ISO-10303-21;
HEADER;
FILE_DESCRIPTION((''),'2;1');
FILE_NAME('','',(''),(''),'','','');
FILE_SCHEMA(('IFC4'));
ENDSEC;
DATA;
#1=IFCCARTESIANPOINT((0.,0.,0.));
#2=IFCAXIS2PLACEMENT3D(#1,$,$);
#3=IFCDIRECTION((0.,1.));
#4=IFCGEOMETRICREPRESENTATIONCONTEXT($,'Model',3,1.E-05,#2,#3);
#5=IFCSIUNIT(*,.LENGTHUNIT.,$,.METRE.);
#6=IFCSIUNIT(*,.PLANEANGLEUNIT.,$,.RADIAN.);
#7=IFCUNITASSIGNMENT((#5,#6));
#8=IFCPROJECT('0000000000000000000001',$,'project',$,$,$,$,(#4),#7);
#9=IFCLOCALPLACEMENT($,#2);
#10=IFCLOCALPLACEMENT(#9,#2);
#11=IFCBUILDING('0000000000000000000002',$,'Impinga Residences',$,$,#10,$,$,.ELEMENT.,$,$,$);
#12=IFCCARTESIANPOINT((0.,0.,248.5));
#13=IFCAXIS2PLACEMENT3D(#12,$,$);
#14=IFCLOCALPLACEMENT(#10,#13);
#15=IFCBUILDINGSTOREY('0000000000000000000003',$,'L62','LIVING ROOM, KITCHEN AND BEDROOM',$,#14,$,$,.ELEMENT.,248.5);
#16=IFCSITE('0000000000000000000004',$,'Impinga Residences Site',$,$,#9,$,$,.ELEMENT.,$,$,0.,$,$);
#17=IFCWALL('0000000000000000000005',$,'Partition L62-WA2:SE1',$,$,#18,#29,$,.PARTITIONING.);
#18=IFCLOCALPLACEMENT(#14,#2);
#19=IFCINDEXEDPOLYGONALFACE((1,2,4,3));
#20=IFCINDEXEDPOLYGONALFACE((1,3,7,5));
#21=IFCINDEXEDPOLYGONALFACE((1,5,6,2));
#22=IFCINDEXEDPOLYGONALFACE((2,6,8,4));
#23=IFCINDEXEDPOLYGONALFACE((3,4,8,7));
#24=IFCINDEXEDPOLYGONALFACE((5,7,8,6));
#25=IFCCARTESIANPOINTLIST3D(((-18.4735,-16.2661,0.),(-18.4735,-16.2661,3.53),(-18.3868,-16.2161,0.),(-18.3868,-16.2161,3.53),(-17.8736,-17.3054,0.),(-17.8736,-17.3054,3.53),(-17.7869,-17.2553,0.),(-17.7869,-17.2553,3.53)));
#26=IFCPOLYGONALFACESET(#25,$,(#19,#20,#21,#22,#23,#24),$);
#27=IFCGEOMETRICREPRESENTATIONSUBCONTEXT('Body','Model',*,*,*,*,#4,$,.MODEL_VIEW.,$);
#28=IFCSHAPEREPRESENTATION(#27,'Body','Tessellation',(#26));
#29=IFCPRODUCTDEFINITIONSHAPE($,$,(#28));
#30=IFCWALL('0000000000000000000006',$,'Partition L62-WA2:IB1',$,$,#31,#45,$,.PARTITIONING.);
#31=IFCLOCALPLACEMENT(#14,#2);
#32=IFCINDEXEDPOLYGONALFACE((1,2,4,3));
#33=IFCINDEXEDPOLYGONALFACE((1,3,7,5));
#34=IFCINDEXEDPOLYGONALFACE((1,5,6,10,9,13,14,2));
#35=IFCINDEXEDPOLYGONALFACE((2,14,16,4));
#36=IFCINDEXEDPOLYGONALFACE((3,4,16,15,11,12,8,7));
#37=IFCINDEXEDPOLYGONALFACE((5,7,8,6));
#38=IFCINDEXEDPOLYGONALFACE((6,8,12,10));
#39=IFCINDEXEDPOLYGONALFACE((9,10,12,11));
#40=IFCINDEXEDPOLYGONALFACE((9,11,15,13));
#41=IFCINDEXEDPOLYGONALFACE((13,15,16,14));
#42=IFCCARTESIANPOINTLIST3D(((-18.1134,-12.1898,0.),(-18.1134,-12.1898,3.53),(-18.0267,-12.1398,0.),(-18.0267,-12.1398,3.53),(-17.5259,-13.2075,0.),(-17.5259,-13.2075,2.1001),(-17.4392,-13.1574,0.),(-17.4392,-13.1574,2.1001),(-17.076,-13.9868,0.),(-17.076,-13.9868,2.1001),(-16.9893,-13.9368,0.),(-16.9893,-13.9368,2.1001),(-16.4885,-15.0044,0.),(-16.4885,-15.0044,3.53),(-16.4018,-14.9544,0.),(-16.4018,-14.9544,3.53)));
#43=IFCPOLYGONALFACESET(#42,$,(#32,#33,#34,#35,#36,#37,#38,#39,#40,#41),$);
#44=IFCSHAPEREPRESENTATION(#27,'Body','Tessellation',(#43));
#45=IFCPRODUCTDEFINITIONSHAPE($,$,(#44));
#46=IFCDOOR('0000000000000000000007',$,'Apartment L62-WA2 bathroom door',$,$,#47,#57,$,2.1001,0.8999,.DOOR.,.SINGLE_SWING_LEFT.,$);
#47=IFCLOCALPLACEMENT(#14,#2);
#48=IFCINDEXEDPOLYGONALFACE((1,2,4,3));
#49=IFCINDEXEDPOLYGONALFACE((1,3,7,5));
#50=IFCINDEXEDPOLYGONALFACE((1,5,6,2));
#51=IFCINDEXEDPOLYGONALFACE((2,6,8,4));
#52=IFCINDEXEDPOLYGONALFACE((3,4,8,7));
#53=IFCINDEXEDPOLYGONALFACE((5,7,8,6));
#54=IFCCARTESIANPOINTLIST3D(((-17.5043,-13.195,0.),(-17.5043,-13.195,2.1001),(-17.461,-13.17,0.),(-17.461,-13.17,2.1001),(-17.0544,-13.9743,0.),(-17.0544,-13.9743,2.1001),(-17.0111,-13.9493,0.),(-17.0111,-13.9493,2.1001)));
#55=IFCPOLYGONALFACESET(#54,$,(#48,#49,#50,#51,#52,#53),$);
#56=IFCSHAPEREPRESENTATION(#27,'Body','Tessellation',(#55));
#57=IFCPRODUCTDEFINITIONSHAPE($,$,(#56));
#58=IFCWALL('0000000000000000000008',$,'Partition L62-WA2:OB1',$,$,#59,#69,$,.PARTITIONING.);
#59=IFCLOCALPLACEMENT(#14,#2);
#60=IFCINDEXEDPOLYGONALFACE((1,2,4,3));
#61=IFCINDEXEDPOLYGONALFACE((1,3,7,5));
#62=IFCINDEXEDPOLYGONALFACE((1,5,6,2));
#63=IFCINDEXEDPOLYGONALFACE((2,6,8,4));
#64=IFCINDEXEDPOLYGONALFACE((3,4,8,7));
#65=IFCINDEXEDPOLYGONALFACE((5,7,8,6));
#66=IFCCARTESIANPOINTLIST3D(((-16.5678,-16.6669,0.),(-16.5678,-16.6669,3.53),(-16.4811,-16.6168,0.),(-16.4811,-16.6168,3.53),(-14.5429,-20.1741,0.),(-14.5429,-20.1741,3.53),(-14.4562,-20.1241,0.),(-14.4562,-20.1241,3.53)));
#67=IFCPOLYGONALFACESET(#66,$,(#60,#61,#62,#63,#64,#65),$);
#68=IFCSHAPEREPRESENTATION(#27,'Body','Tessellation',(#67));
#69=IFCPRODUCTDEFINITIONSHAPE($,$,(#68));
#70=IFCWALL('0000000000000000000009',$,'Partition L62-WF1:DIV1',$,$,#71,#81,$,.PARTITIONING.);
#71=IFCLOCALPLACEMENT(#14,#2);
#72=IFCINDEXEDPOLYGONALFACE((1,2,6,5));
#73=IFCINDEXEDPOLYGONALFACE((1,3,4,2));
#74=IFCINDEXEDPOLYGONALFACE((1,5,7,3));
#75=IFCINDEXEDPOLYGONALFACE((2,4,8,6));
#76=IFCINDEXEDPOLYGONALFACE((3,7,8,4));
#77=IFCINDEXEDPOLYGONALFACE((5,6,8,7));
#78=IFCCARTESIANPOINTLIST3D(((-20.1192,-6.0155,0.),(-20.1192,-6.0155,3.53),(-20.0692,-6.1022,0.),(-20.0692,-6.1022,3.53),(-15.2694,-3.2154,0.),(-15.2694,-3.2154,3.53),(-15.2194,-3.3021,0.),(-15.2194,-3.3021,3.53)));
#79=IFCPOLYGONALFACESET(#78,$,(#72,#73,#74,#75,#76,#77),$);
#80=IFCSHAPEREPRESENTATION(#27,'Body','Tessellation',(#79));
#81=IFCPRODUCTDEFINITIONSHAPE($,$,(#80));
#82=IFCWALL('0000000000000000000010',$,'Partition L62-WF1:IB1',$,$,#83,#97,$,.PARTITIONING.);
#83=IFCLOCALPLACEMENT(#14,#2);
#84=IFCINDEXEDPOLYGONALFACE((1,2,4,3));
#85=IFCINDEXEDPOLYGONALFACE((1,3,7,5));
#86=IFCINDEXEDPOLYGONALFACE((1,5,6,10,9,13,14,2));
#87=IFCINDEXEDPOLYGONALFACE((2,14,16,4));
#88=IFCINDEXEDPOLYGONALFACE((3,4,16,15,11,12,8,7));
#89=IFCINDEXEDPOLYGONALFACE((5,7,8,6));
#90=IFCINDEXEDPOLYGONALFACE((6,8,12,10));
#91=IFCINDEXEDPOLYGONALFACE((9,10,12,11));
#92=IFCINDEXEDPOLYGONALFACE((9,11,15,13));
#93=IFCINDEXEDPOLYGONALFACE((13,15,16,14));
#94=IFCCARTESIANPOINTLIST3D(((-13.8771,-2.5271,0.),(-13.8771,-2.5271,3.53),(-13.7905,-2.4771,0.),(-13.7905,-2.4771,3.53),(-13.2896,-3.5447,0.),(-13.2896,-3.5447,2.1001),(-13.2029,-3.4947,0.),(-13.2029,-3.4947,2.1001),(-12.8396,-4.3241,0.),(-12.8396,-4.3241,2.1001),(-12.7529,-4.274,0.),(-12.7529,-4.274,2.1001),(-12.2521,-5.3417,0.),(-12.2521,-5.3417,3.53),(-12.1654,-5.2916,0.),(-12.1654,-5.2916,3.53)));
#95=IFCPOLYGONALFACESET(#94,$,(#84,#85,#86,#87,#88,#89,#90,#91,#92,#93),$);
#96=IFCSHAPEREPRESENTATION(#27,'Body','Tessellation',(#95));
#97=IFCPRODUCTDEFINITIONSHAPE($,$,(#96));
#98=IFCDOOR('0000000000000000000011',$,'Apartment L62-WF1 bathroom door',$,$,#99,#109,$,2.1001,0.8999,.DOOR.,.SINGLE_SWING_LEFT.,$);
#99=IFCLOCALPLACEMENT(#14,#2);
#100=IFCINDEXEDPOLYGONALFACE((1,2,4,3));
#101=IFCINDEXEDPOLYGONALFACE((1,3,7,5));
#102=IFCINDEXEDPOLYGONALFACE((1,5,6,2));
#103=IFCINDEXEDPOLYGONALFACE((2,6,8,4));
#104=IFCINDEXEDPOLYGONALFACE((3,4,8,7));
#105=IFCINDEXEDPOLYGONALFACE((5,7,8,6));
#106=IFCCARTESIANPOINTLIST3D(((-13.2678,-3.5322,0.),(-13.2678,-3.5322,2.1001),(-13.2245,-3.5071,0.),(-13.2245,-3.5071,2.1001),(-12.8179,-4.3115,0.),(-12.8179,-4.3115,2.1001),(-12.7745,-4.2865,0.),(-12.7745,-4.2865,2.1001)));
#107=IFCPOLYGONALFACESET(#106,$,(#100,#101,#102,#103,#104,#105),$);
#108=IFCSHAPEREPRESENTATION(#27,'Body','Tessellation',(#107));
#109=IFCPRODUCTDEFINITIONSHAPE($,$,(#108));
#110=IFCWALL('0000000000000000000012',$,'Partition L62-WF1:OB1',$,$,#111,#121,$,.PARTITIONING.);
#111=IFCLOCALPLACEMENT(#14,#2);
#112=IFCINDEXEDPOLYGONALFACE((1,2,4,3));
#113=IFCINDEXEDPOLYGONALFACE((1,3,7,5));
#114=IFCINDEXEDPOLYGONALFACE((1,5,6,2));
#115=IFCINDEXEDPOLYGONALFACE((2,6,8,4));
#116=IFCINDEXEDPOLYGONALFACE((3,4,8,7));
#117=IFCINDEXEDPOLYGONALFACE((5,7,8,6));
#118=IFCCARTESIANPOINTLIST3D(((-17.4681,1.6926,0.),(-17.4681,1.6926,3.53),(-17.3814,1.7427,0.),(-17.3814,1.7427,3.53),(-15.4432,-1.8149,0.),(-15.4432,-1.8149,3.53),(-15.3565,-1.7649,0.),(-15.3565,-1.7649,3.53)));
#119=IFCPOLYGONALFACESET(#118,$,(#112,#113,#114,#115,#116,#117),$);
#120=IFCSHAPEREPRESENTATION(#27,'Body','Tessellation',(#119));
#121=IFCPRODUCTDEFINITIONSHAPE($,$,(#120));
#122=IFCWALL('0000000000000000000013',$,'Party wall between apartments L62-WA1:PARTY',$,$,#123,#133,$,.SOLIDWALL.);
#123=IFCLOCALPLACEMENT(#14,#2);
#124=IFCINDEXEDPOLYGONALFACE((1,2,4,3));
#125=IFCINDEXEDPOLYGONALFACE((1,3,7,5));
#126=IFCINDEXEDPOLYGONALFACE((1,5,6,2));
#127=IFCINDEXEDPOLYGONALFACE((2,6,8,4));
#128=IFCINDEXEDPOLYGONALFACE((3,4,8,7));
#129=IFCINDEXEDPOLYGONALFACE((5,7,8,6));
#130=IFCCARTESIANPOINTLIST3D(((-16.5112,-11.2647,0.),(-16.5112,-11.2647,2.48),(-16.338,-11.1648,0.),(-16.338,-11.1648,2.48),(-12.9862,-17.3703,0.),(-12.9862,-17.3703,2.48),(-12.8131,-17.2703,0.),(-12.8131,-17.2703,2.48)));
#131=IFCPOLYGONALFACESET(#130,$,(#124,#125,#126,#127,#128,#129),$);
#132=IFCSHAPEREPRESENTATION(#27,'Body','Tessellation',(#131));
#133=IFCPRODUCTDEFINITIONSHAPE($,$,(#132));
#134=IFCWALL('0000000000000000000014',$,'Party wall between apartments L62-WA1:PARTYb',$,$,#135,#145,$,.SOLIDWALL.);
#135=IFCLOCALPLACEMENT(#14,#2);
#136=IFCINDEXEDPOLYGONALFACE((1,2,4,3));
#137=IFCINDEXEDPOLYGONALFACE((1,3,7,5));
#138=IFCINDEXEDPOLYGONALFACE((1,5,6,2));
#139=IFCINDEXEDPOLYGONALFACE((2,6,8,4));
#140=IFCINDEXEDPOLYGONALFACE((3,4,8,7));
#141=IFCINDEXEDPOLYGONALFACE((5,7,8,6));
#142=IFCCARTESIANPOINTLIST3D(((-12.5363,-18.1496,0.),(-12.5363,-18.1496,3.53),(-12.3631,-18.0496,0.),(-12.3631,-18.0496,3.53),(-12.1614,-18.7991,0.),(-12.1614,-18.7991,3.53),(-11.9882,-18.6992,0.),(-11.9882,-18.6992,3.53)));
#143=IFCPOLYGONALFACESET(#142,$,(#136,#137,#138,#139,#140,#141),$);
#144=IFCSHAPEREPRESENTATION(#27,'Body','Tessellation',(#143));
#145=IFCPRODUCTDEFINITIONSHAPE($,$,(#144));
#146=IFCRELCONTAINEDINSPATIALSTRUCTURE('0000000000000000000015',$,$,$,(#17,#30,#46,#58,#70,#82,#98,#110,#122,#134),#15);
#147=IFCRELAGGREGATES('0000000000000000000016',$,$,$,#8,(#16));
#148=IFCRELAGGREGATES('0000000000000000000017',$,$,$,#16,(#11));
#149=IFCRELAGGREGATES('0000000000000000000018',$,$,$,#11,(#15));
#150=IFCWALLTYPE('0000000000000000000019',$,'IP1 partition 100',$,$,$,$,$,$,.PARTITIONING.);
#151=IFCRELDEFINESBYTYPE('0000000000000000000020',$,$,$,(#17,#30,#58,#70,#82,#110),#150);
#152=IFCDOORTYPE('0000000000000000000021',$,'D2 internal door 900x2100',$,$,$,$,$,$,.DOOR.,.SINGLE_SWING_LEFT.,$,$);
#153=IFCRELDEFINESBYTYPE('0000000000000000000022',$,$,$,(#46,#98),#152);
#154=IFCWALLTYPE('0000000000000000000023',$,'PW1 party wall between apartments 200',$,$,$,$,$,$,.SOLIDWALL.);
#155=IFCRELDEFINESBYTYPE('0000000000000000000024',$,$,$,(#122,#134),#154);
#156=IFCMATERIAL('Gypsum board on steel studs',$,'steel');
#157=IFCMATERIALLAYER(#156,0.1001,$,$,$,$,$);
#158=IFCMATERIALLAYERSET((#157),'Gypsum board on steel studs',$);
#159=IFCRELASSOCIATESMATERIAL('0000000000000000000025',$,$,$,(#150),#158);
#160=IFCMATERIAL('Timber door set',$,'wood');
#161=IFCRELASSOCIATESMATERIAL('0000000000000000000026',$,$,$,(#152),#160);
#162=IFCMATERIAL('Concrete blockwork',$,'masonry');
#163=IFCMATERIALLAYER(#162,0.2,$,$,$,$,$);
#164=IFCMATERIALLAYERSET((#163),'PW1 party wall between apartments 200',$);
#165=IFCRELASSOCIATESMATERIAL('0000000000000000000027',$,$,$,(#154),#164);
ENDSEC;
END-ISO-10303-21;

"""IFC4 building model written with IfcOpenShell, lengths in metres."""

from ifc_helpers import new_model, si_unit, direction, frame, frame_2d, origin, place, context, subcontext, project, spatial, rectangle, extrude, material, layer, layer_set, type_object, element, fill, save


model = new_model("IFC4")

# Units and contexts
model_context = context("Model", 3, precision=1e-05, world=origin(), true_north=direction((0.0, 1.0)))
body_context = subcontext(model_context, "Body", "Model", "MODEL_VIEW")
ifc_project = project(units=[si_unit("LENGTHUNIT", "METRE"), si_unit("PLANEANGLEUNIT", "RADIAN")], contexts=[model_context])

# Site, building, storey
site_placement = place(None, origin())
site = spatial("IfcSite", under=ifc_project, at=site_placement, Name="Impinga Residences Site", CompositionType="ELEMENT", RefElevation=0.0)
building_placement = place(site_placement, origin())
building = spatial("IfcBuilding", under=site, at=building_placement, Name="Impinga Residences", CompositionType="ELEMENT")
storey_placement = place(building_placement, frame((0.0, 0.0, 248.5)))
storey = spatial("IfcBuildingStorey", under=building, at=storey_placement, Name="L62", Description="LIVING ROOM, KITCHEN AND BEDROOM", CompositionType="ELEMENT", Elevation=248.5)

# Shared definitions
ifc_material_1 = material(Name="Gypsum board on steel studs", Category="steel")
ifc_layer_1 = layer(ifc_material_1, 0.1001)
ifc_layer_set_1 = layer_set([ifc_layer_1], Name="Gypsum board on steel studs")
wall_type_1 = type_object("IfcWallType", Name="IP1 partition 100", PredefinedType="PARTITIONING", material=ifc_layer_set_1)

# Shared definitions
ifc_material_2 = material(Name="Timber door set", Category="wood")
door_type = type_object("IfcDoorType", Name="D2 internal door 900x2100", OperationType="SINGLE_SWING_LEFT", PredefinedType="DOOR", material=ifc_material_2)

# Wall
wall_1_placement = place(storey_placement, frame((-18.4302, -16.241, 0.0), z_axis=(0.0, 0.0, 1.0), x_axis=(0.499881, -0.866094, 0.0)))
element("IfcWall", 1, at=wall_1_placement, inside=storey, type_object=wall_type_1, Name="Partition L62-WA2:SE1", PredefinedType="PARTITIONING", context=body_context, shape_type="SweptSolid", body=[
    extrude(rectangle(XDim=1.2, YDim=0.1001, at=frame_2d((0.6001, 0.0))), origin(), (0.0, 0.0, 1.0), 3.53),
])

# Wall, opening, door
wall_2_placement = place(storey_placement, frame((-18.0701, -12.1648, 0.0), z_axis=(0.0, 0.0, 1.0), x_axis=(0.499985, -0.866034, 0.0)))
wall_2 = element("IfcWall", 2, at=wall_2_placement, inside=storey, type_object=wall_type_1, Name="Partition L62-WA2:IB1", PredefinedType="PARTITIONING", context=body_context, shape_type="SweptSolid", body=[
    extrude(rectangle(XDim=3.25, YDim=0.1001, at=frame_2d((1.625, 0.0))), origin(), (0.0, 0.0, 1.0), 3.53),
])
opening_1_placement = place(wall_2_placement, frame((1.175, 0.0, 0.0)))
opening_1 = element("IfcOpeningElement", 3, at=opening_1_placement, cuts=wall_2, PredefinedType="OPENING", context=body_context, shape_type="SweptSolid", body=[
    extrude(rectangle(XDim=0.8999, YDim=2.1001, at=frame_2d((0.45, 1.05))), frame((0.0, 0.0601, 0.0), z_axis=(0.0, -1.0, 0.0), x_axis=(1.0, 0.0, 0.0)), (0.0, 0.0, 1.0), 0.1201),
])
door_1_placement = place(opening_1_placement, origin())
door_1 = element("IfcDoor", 4, at=door_1_placement, inside=storey, type_object=door_type, Name="Apartment L62-WA2 bathroom door", OperationType="SINGLE_SWING_LEFT", OverallHeight=2.1001, OverallWidth=0.8999, PredefinedType="DOOR", context=body_context, shape_type="SweptSolid", body=[
    extrude(rectangle(XDim=0.8999, YDim=2.1001, at=frame_2d((0.45, 1.05))), frame((0.0, 0.0249, 0.0), z_axis=(0.0, -1.0, 0.0), x_axis=(1.0, 0.0, 0.0)), (0.0, 0.0, 1.0), 0.05),
])
fill(opening_1, door_1)

# Walls
wall_3_placement = place(storey_placement, frame((-16.5244, -16.6418, 0.0), z_axis=(0.0, 0.0, 1.0), x_axis=(0.49999, -0.866031, 0.0)))
element("IfcWall", 5, at=wall_3_placement, inside=storey, type_object=wall_type_1, Name="Partition L62-WA2:OB1", PredefinedType="PARTITIONING", context=body_context, shape_type="SweptSolid", body=[
    extrude(rectangle(XDim=4.0498, YDim=0.1001, at=frame_2d((2.0249, 0.0))), origin(), (0.0, 0.0, 1.0), 3.53),
])
wall_4_placement = place(storey_placement, frame((-15.2444, -3.2588, 0.0), z_axis=(0.0, 0.0, 1.0), x_axis=(-0.866027, -0.499998, 0.0)))
element("IfcWall", 6, at=wall_4_placement, inside=storey, type_object=wall_type_1, Name="Partition L62-WF1:DIV1", PredefinedType="PARTITIONING", context=body_context, shape_type="SweptSolid", body=[
    extrude(rectangle(XDim=5.6001, YDim=0.1001, at=frame_2d((2.8, 0.0))), origin(), (0.0, 0.0, 1.0), 3.53),
])

# Wall, opening, door
wall_5_placement = place(storey_placement, frame((-12.2087, -5.3167, 0.0), z_axis=(0.0, 0.0, 1.0), x_axis=(-0.500017, 0.866015, 0.0)))
wall_5 = element("IfcWall", 7, at=wall_5_placement, inside=storey, type_object=wall_type_1, Name="Partition L62-WF1:IB1", PredefinedType="PARTITIONING", context=body_context, shape_type="SweptSolid", body=[
    extrude(rectangle(XDim=3.25, YDim=0.1001, at=frame_2d((1.625, 0.0))), origin(), (0.0, 0.0, 1.0), 3.53),
])
opening_2_placement = place(wall_5_placement, frame((1.175, 0.0, 0.0)))
opening_2 = element("IfcOpeningElement", 8, at=opening_2_placement, cuts=wall_5, PredefinedType="OPENING", context=body_context, shape_type="SweptSolid", body=[
    extrude(rectangle(XDim=0.8999, YDim=2.1001, at=frame_2d((0.45, 1.05))), frame((0.0, 0.0601, 0.0), z_axis=(0.0, -1.0, 0.0), x_axis=(1.0, 0.0, 0.0)), (0.0, 0.0, 1.0), 0.1201),
])
door_2_placement = place(opening_2_placement, origin())
door_2 = element("IfcDoor", 9, at=door_2_placement, inside=storey, type_object=door_type, Name="Apartment L62-WF1 bathroom door", OperationType="SINGLE_SWING_LEFT", OverallHeight=2.1001, OverallWidth=0.8999, PredefinedType="DOOR", context=body_context, shape_type="SweptSolid", body=[
    extrude(rectangle(XDim=0.8999, YDim=2.1001, at=frame_2d((0.45, 1.05))), frame((0.0, 0.0249, 0.0), z_axis=(0.0, -1.0, 0.0), x_axis=(1.0, 0.0, 0.0)), (0.0, 0.0, 1.0), 0.05),
])
fill(opening_2, door_2)

# Walls
wall_6_placement = place(storey_placement, frame((-15.3999, -1.7898, 0.0), z_axis=(0.0, 0.0, 1.0), x_axis=(-0.499964, 0.866046, 0.0)))
element("IfcWall", 10, at=wall_6_placement, inside=storey, type_object=wall_type_1, Name="Partition L62-WF1:OB1", PredefinedType="PARTITIONING", context=body_context, shape_type="SweptSolid", body=[
    extrude(rectangle(XDim=4.05, YDim=0.1001, at=frame_2d((2.0249, 0.0))), origin(), (0.0, 0.0, 1.0), 3.53),
])
ifc_material_3 = material(Name="Concrete blockwork", Category="masonry")
ifc_layer_2 = layer(ifc_material_3, 0.2)
ifc_layer_set_2 = layer_set([ifc_layer_2], Name="PW1 party wall between apartments 200")
wall_type_2 = type_object("IfcWallType", Name="PW1 party wall between apartments 200", PredefinedType="SOLIDWALL", material=ifc_layer_set_2)
wall_7_placement = place(storey_placement, frame((-16.4246, -11.2148, 0.0), z_axis=(0.0, 0.0, 1.0), x_axis=(0.49999, -0.866031, 0.0)))
element("IfcWall", 11, at=wall_7_placement, inside=storey, type_object=wall_type_2, Name="Party wall between apartments L62-WA1:PARTY", PredefinedType="SOLIDWALL", context=body_context, shape_type="SweptSolid", body=[
    extrude(rectangle(XDim=7.05, YDim=0.2, at=frame_2d((3.5249, 0.0))), origin(), (0.0, 0.0, 1.0), 2.48),
])
wall_8_placement = place(storey_placement, frame((-12.4497, -18.0996, 0.0), z_axis=(0.0, 0.0, 1.0), x_axis=(0.49992, -0.866072, 0.0)))
element("IfcWall", 12, at=wall_8_placement, inside=storey, type_object=wall_type_2, Name="Party wall between apartments L62-WA1:PARTYb", PredefinedType="SOLIDWALL", context=body_context, shape_type="SweptSolid", body=[
    extrude(rectangle(XDim=0.75, YDim=0.2, at=frame_2d((0.375, 0.0))), origin(), (0.0, 0.0, 1.0), 3.53),
])

save(model, "model.ifc")
